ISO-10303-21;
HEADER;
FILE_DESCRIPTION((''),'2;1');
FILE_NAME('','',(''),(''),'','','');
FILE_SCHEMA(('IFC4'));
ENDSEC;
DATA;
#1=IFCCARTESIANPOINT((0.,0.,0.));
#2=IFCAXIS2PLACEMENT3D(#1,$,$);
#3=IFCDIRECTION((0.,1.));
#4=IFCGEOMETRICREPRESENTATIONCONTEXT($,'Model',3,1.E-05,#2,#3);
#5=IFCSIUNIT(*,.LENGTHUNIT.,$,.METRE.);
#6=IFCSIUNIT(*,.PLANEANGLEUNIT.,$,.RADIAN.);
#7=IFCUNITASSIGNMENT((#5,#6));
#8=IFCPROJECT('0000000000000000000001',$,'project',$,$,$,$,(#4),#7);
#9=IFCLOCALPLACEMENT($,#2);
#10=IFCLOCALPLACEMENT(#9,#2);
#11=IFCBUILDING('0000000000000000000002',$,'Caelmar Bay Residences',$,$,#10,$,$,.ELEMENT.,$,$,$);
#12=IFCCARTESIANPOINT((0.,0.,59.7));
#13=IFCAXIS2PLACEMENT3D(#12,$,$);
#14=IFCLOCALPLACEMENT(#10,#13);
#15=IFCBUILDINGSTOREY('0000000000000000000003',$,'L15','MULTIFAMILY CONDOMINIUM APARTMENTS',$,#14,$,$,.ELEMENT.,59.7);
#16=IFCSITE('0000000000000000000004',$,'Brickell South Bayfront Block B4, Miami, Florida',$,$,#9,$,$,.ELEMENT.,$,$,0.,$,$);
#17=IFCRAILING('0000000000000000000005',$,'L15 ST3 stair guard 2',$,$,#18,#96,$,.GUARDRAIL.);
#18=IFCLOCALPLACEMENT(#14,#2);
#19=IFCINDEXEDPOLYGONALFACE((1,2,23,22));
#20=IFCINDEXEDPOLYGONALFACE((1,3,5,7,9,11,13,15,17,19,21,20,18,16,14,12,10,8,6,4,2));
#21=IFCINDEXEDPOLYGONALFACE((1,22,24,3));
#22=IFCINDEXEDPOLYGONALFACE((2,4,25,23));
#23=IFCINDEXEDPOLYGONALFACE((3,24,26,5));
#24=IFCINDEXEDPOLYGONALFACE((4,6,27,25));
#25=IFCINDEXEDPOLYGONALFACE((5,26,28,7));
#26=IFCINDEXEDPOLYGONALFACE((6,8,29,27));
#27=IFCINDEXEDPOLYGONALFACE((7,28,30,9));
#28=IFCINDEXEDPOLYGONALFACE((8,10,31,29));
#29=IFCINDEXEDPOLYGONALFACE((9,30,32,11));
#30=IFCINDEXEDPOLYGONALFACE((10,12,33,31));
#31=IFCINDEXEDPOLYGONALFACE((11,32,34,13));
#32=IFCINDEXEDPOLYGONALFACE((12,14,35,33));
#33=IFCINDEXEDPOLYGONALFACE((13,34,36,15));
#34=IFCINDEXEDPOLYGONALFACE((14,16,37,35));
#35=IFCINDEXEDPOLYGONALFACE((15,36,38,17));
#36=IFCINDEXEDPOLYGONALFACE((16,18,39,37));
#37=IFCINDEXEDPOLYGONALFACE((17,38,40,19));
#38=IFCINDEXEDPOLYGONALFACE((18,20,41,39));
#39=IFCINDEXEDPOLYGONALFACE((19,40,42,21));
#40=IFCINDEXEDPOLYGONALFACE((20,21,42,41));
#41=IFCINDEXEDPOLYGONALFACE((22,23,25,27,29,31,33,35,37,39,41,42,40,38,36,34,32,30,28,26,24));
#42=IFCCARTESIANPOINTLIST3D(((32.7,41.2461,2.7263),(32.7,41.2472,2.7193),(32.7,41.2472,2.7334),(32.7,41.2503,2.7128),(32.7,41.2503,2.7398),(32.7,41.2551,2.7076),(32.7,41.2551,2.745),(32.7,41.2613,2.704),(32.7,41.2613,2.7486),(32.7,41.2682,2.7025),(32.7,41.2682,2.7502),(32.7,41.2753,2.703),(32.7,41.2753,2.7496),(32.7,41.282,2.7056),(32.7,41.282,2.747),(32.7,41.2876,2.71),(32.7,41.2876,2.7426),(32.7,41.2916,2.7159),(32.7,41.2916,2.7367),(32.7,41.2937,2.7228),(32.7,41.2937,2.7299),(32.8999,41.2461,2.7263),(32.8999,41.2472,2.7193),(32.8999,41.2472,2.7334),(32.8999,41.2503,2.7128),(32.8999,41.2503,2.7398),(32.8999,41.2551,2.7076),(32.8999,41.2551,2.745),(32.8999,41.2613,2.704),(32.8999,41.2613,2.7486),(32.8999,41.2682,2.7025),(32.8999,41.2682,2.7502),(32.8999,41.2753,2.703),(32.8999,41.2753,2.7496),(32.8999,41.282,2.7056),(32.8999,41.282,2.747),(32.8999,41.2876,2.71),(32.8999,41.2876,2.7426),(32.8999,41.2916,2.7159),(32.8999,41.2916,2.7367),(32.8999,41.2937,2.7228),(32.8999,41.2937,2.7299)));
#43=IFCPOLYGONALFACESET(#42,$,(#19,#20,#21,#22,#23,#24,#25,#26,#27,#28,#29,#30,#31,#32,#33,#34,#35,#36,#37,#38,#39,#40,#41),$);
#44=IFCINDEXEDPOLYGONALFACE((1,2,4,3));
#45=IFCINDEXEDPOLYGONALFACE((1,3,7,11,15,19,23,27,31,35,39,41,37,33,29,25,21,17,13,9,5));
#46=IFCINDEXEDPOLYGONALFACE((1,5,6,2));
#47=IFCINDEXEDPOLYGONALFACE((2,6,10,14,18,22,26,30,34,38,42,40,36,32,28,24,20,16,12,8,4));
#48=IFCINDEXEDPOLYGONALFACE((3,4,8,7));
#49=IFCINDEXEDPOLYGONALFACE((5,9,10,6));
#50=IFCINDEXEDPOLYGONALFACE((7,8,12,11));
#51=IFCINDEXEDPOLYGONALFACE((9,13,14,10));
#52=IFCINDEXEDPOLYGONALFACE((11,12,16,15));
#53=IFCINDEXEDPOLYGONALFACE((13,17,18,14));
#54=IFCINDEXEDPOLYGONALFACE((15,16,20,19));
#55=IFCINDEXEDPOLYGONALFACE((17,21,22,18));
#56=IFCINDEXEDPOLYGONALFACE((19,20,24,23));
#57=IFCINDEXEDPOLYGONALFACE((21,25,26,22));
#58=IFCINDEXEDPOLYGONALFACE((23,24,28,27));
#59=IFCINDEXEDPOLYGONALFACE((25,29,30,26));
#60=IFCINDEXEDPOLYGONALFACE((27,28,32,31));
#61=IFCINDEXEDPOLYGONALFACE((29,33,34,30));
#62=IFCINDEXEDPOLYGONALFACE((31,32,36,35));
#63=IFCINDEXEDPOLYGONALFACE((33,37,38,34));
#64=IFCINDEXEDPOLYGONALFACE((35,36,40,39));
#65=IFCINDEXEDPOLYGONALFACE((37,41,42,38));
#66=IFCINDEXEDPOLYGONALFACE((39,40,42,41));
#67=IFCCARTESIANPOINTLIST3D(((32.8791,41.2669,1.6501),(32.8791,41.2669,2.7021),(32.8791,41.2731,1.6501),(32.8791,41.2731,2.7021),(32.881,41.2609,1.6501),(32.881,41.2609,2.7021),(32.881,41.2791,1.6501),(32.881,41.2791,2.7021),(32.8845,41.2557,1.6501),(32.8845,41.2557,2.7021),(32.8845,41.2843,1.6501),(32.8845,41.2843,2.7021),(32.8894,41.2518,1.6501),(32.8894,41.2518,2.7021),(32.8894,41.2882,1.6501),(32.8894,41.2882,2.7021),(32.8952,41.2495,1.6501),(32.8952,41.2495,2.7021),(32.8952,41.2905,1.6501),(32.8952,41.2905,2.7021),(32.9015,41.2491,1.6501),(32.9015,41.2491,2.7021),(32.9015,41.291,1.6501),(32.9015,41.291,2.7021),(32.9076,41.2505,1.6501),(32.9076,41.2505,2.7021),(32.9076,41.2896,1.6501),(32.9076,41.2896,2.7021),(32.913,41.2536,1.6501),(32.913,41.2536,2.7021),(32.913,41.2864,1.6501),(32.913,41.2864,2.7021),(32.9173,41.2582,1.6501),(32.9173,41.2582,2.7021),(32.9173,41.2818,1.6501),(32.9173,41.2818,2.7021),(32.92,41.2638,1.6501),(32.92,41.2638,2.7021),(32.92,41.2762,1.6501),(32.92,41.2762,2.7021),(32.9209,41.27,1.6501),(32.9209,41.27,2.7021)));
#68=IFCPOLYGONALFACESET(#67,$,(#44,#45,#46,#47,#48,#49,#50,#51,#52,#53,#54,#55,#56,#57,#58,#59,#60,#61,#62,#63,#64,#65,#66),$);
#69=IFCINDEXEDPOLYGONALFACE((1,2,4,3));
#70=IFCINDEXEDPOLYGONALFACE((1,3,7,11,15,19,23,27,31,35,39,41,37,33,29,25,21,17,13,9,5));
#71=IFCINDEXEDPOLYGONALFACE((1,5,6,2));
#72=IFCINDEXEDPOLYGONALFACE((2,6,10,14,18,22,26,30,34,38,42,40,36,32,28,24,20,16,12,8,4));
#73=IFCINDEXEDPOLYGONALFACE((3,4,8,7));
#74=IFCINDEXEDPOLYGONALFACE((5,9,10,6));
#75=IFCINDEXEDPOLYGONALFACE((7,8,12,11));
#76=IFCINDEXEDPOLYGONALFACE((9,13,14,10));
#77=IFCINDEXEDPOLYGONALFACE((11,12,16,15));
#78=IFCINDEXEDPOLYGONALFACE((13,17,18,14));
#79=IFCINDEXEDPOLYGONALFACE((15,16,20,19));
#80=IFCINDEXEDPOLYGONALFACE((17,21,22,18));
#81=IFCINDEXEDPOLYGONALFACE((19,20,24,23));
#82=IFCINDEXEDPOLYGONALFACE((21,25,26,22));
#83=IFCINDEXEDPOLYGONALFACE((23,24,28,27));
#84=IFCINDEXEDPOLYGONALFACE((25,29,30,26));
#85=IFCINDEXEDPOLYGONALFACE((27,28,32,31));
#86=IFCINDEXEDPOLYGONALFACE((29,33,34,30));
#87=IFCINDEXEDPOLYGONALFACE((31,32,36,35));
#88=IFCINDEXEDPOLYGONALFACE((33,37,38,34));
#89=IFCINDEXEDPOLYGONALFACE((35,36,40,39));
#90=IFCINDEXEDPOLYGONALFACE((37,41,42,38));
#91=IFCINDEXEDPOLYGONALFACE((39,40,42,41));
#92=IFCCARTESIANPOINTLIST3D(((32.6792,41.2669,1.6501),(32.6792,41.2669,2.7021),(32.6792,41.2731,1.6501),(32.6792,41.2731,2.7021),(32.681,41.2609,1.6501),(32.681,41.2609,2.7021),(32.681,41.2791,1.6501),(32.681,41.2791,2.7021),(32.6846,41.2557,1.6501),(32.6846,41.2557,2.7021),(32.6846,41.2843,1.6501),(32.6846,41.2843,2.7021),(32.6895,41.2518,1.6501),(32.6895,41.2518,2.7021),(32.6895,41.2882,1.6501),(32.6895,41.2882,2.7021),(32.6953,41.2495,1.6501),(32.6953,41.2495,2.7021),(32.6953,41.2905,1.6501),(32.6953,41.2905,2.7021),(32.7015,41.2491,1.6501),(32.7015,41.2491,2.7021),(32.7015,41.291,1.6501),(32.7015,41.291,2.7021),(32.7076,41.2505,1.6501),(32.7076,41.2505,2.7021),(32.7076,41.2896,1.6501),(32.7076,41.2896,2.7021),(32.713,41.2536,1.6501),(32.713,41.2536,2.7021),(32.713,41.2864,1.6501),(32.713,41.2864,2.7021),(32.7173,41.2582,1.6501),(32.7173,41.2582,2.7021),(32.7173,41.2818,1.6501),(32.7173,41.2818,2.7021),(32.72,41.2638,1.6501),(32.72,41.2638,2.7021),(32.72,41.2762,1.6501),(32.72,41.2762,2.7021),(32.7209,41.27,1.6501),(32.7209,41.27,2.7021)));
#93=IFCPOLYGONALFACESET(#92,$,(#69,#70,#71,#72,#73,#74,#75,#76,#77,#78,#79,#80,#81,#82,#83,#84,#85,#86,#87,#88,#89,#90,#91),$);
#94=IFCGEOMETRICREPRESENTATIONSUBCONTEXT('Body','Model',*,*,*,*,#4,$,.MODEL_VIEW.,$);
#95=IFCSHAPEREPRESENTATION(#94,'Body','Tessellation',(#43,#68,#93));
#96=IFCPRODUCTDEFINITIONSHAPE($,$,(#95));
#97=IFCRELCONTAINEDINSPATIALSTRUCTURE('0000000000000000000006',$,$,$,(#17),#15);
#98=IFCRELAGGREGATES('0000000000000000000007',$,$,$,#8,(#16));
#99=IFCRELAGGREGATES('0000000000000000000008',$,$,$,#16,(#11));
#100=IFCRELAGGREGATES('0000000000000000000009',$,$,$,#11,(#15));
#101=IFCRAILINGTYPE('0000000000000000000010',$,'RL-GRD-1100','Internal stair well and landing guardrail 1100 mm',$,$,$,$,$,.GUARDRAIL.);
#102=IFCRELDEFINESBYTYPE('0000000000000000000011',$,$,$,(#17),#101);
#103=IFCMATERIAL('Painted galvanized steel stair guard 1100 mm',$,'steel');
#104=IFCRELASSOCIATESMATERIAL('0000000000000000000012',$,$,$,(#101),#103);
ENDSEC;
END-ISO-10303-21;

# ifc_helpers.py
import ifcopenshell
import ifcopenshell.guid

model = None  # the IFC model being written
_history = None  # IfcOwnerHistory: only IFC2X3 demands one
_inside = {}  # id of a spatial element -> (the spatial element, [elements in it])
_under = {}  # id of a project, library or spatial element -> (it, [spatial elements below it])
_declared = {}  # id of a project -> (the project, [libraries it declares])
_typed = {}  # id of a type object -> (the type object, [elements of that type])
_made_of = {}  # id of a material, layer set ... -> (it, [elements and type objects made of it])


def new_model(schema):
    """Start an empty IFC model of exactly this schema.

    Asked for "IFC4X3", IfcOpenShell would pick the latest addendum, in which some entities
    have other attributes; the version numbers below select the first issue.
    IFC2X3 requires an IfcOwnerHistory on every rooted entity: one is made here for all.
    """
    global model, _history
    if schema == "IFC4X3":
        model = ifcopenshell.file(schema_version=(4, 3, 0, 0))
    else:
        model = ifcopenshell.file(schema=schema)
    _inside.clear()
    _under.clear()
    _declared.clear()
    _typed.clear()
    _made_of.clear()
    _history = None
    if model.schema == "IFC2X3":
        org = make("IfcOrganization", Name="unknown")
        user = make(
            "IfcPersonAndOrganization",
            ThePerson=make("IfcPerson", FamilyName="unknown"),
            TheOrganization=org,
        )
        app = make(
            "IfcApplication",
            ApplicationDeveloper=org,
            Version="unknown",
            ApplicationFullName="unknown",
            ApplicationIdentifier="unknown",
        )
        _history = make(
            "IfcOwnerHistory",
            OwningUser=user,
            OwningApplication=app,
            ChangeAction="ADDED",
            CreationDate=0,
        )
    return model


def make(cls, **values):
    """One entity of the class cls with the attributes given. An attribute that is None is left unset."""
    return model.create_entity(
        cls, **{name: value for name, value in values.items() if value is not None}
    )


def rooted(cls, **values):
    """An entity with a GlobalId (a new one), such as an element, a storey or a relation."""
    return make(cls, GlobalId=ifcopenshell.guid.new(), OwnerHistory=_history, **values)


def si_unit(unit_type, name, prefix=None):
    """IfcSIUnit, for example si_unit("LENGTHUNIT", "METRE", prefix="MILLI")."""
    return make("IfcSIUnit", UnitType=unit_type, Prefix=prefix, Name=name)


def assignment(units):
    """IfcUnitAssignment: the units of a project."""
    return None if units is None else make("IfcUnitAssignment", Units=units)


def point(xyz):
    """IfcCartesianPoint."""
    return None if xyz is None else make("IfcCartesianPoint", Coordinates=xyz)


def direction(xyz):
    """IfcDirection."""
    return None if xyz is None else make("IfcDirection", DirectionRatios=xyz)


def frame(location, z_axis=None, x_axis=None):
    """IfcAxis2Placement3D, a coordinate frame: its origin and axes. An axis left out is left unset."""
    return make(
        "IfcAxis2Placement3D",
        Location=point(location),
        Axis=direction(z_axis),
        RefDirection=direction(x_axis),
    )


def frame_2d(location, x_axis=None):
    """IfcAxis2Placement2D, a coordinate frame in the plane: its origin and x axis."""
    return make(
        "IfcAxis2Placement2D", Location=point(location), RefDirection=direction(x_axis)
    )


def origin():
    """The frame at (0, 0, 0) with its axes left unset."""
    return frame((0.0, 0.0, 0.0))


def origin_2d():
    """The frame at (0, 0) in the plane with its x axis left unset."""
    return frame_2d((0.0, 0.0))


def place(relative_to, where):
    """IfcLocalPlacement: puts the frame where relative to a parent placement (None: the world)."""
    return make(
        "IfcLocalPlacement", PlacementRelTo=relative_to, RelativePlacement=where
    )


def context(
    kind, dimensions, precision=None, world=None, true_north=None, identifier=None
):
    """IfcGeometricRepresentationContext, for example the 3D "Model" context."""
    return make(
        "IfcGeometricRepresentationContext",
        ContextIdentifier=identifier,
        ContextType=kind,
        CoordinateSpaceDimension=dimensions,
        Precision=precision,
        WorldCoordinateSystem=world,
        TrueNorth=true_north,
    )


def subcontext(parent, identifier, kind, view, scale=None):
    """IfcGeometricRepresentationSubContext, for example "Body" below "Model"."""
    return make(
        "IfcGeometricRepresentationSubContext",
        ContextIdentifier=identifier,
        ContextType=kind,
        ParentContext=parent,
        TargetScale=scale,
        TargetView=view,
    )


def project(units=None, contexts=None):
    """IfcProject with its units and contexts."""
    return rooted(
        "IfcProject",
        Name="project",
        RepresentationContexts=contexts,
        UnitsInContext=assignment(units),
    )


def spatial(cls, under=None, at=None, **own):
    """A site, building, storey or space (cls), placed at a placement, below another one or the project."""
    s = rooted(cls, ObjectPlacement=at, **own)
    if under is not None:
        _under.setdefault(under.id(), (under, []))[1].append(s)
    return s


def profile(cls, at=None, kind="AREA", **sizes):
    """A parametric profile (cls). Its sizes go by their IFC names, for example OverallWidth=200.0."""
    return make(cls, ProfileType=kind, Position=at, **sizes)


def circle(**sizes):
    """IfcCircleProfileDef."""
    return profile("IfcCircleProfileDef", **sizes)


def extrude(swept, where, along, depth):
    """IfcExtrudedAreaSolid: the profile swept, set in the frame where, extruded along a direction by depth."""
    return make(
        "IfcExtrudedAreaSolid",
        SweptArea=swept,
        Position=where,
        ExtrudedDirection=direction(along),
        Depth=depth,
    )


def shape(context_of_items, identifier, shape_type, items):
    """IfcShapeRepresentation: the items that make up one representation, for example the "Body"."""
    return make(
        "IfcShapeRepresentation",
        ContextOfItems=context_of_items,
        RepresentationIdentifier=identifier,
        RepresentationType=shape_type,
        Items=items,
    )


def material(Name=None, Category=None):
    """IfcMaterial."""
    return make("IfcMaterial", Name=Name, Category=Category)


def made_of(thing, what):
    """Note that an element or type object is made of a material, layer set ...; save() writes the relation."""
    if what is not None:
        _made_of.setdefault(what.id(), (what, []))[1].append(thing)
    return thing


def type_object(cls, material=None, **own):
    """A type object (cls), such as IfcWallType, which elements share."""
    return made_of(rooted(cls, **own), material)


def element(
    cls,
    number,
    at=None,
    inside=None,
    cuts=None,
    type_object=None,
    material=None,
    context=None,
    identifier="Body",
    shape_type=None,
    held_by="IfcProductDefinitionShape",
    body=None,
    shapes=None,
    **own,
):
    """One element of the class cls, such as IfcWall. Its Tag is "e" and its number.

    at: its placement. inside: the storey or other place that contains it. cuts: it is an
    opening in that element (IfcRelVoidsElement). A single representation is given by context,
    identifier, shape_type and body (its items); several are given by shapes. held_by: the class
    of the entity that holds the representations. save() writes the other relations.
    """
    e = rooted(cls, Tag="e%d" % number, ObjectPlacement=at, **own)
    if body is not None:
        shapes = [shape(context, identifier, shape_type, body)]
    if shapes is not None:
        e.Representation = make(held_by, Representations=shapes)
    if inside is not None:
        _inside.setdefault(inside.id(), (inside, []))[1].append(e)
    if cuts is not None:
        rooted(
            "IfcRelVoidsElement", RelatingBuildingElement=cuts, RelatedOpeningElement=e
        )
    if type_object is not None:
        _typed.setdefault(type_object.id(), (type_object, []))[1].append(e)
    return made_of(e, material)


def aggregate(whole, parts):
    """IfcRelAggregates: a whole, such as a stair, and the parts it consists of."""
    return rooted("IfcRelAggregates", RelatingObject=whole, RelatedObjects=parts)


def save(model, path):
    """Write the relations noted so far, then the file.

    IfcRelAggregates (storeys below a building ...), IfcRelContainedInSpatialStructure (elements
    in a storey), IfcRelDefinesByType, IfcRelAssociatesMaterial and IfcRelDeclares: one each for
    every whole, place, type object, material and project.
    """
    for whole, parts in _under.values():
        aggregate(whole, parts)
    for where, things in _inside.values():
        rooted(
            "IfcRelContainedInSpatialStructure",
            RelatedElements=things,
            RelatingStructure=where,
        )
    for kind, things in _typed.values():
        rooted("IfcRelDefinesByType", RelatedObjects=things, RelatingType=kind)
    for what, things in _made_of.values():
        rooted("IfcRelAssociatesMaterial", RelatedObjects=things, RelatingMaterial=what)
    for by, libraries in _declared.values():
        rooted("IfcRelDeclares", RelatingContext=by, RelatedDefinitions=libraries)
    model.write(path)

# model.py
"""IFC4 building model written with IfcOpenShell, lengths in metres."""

from ifc_helpers import new_model, si_unit, direction, frame, origin, origin_2d, place, context, subcontext, project, spatial, circle, extrude, material, type_object, element, save


model = new_model("IFC4")

# Units and contexts
model_context = context("Model", 3, precision=1e-05, world=origin(), true_north=direction((0.0, 1.0)))
body_context = subcontext(model_context, "Body", "Model", "MODEL_VIEW")
ifc_project = project(units=[si_unit("LENGTHUNIT", "METRE"), si_unit("PLANEANGLEUNIT", "RADIAN")], contexts=[model_context])

# Site, building, storey
site_placement = place(None, origin())
site = spatial("IfcSite", under=ifc_project, at=site_placement, Name="Brickell South Bayfront Block B4, Miami, Florida", CompositionType="ELEMENT", RefElevation=0.0)
building_placement = place(site_placement, origin())
building = spatial("IfcBuilding", under=site, at=building_placement, Name="Caelmar Bay Residences", CompositionType="ELEMENT")
storey_placement = place(building_placement, frame((0.0, 0.0, 59.7)))
storey = spatial("IfcBuildingStorey", under=building, at=storey_placement, Name="L15", Description="MULTIFAMILY CONDOMINIUM APARTMENTS", CompositionType="ELEMENT", Elevation=59.7)

# Railing
ifc_material_1 = material(Name="Painted galvanized steel stair guard 1100 mm", Category="steel")
railing_type_1 = type_object("IfcRailingType", Name="RL-GRD-1100", Description="Internal stair well and landing guardrail 1100 mm", PredefinedType="GUARDRAIL", material=ifc_material_1)
railing_1_placement = place(storey_placement, frame((32.8999, 41.27, 1.6501)))
element("IfcRailing", 1, at=railing_1_placement, inside=storey, type_object=railing_type_1, Name="L15 ST3 stair guard 2", PredefinedType="GUARDRAIL", context=body_context, shape_type="SweptSolid", body=[
    extrude(circle(Radius=0.0239, at=origin_2d()), frame((0.0, 0.0, 1.0762), z_axis=(-1.0, 0.0, 0.0), x_axis=(0.0, -1.0, 0.0)), (0.0, 0.0, 1.0), 0.2),
    extrude(circle(Radius=0.021, at=origin_2d()), origin(), (0.0, 0.0, 1.0), 1.052),
    extrude(circle(Radius=0.021, at=origin_2d()), frame((-0.2, 0.0, 0.0)), (0.0, 0.0, 1.0), 1.052),
])

save(model, "model.ifc")
